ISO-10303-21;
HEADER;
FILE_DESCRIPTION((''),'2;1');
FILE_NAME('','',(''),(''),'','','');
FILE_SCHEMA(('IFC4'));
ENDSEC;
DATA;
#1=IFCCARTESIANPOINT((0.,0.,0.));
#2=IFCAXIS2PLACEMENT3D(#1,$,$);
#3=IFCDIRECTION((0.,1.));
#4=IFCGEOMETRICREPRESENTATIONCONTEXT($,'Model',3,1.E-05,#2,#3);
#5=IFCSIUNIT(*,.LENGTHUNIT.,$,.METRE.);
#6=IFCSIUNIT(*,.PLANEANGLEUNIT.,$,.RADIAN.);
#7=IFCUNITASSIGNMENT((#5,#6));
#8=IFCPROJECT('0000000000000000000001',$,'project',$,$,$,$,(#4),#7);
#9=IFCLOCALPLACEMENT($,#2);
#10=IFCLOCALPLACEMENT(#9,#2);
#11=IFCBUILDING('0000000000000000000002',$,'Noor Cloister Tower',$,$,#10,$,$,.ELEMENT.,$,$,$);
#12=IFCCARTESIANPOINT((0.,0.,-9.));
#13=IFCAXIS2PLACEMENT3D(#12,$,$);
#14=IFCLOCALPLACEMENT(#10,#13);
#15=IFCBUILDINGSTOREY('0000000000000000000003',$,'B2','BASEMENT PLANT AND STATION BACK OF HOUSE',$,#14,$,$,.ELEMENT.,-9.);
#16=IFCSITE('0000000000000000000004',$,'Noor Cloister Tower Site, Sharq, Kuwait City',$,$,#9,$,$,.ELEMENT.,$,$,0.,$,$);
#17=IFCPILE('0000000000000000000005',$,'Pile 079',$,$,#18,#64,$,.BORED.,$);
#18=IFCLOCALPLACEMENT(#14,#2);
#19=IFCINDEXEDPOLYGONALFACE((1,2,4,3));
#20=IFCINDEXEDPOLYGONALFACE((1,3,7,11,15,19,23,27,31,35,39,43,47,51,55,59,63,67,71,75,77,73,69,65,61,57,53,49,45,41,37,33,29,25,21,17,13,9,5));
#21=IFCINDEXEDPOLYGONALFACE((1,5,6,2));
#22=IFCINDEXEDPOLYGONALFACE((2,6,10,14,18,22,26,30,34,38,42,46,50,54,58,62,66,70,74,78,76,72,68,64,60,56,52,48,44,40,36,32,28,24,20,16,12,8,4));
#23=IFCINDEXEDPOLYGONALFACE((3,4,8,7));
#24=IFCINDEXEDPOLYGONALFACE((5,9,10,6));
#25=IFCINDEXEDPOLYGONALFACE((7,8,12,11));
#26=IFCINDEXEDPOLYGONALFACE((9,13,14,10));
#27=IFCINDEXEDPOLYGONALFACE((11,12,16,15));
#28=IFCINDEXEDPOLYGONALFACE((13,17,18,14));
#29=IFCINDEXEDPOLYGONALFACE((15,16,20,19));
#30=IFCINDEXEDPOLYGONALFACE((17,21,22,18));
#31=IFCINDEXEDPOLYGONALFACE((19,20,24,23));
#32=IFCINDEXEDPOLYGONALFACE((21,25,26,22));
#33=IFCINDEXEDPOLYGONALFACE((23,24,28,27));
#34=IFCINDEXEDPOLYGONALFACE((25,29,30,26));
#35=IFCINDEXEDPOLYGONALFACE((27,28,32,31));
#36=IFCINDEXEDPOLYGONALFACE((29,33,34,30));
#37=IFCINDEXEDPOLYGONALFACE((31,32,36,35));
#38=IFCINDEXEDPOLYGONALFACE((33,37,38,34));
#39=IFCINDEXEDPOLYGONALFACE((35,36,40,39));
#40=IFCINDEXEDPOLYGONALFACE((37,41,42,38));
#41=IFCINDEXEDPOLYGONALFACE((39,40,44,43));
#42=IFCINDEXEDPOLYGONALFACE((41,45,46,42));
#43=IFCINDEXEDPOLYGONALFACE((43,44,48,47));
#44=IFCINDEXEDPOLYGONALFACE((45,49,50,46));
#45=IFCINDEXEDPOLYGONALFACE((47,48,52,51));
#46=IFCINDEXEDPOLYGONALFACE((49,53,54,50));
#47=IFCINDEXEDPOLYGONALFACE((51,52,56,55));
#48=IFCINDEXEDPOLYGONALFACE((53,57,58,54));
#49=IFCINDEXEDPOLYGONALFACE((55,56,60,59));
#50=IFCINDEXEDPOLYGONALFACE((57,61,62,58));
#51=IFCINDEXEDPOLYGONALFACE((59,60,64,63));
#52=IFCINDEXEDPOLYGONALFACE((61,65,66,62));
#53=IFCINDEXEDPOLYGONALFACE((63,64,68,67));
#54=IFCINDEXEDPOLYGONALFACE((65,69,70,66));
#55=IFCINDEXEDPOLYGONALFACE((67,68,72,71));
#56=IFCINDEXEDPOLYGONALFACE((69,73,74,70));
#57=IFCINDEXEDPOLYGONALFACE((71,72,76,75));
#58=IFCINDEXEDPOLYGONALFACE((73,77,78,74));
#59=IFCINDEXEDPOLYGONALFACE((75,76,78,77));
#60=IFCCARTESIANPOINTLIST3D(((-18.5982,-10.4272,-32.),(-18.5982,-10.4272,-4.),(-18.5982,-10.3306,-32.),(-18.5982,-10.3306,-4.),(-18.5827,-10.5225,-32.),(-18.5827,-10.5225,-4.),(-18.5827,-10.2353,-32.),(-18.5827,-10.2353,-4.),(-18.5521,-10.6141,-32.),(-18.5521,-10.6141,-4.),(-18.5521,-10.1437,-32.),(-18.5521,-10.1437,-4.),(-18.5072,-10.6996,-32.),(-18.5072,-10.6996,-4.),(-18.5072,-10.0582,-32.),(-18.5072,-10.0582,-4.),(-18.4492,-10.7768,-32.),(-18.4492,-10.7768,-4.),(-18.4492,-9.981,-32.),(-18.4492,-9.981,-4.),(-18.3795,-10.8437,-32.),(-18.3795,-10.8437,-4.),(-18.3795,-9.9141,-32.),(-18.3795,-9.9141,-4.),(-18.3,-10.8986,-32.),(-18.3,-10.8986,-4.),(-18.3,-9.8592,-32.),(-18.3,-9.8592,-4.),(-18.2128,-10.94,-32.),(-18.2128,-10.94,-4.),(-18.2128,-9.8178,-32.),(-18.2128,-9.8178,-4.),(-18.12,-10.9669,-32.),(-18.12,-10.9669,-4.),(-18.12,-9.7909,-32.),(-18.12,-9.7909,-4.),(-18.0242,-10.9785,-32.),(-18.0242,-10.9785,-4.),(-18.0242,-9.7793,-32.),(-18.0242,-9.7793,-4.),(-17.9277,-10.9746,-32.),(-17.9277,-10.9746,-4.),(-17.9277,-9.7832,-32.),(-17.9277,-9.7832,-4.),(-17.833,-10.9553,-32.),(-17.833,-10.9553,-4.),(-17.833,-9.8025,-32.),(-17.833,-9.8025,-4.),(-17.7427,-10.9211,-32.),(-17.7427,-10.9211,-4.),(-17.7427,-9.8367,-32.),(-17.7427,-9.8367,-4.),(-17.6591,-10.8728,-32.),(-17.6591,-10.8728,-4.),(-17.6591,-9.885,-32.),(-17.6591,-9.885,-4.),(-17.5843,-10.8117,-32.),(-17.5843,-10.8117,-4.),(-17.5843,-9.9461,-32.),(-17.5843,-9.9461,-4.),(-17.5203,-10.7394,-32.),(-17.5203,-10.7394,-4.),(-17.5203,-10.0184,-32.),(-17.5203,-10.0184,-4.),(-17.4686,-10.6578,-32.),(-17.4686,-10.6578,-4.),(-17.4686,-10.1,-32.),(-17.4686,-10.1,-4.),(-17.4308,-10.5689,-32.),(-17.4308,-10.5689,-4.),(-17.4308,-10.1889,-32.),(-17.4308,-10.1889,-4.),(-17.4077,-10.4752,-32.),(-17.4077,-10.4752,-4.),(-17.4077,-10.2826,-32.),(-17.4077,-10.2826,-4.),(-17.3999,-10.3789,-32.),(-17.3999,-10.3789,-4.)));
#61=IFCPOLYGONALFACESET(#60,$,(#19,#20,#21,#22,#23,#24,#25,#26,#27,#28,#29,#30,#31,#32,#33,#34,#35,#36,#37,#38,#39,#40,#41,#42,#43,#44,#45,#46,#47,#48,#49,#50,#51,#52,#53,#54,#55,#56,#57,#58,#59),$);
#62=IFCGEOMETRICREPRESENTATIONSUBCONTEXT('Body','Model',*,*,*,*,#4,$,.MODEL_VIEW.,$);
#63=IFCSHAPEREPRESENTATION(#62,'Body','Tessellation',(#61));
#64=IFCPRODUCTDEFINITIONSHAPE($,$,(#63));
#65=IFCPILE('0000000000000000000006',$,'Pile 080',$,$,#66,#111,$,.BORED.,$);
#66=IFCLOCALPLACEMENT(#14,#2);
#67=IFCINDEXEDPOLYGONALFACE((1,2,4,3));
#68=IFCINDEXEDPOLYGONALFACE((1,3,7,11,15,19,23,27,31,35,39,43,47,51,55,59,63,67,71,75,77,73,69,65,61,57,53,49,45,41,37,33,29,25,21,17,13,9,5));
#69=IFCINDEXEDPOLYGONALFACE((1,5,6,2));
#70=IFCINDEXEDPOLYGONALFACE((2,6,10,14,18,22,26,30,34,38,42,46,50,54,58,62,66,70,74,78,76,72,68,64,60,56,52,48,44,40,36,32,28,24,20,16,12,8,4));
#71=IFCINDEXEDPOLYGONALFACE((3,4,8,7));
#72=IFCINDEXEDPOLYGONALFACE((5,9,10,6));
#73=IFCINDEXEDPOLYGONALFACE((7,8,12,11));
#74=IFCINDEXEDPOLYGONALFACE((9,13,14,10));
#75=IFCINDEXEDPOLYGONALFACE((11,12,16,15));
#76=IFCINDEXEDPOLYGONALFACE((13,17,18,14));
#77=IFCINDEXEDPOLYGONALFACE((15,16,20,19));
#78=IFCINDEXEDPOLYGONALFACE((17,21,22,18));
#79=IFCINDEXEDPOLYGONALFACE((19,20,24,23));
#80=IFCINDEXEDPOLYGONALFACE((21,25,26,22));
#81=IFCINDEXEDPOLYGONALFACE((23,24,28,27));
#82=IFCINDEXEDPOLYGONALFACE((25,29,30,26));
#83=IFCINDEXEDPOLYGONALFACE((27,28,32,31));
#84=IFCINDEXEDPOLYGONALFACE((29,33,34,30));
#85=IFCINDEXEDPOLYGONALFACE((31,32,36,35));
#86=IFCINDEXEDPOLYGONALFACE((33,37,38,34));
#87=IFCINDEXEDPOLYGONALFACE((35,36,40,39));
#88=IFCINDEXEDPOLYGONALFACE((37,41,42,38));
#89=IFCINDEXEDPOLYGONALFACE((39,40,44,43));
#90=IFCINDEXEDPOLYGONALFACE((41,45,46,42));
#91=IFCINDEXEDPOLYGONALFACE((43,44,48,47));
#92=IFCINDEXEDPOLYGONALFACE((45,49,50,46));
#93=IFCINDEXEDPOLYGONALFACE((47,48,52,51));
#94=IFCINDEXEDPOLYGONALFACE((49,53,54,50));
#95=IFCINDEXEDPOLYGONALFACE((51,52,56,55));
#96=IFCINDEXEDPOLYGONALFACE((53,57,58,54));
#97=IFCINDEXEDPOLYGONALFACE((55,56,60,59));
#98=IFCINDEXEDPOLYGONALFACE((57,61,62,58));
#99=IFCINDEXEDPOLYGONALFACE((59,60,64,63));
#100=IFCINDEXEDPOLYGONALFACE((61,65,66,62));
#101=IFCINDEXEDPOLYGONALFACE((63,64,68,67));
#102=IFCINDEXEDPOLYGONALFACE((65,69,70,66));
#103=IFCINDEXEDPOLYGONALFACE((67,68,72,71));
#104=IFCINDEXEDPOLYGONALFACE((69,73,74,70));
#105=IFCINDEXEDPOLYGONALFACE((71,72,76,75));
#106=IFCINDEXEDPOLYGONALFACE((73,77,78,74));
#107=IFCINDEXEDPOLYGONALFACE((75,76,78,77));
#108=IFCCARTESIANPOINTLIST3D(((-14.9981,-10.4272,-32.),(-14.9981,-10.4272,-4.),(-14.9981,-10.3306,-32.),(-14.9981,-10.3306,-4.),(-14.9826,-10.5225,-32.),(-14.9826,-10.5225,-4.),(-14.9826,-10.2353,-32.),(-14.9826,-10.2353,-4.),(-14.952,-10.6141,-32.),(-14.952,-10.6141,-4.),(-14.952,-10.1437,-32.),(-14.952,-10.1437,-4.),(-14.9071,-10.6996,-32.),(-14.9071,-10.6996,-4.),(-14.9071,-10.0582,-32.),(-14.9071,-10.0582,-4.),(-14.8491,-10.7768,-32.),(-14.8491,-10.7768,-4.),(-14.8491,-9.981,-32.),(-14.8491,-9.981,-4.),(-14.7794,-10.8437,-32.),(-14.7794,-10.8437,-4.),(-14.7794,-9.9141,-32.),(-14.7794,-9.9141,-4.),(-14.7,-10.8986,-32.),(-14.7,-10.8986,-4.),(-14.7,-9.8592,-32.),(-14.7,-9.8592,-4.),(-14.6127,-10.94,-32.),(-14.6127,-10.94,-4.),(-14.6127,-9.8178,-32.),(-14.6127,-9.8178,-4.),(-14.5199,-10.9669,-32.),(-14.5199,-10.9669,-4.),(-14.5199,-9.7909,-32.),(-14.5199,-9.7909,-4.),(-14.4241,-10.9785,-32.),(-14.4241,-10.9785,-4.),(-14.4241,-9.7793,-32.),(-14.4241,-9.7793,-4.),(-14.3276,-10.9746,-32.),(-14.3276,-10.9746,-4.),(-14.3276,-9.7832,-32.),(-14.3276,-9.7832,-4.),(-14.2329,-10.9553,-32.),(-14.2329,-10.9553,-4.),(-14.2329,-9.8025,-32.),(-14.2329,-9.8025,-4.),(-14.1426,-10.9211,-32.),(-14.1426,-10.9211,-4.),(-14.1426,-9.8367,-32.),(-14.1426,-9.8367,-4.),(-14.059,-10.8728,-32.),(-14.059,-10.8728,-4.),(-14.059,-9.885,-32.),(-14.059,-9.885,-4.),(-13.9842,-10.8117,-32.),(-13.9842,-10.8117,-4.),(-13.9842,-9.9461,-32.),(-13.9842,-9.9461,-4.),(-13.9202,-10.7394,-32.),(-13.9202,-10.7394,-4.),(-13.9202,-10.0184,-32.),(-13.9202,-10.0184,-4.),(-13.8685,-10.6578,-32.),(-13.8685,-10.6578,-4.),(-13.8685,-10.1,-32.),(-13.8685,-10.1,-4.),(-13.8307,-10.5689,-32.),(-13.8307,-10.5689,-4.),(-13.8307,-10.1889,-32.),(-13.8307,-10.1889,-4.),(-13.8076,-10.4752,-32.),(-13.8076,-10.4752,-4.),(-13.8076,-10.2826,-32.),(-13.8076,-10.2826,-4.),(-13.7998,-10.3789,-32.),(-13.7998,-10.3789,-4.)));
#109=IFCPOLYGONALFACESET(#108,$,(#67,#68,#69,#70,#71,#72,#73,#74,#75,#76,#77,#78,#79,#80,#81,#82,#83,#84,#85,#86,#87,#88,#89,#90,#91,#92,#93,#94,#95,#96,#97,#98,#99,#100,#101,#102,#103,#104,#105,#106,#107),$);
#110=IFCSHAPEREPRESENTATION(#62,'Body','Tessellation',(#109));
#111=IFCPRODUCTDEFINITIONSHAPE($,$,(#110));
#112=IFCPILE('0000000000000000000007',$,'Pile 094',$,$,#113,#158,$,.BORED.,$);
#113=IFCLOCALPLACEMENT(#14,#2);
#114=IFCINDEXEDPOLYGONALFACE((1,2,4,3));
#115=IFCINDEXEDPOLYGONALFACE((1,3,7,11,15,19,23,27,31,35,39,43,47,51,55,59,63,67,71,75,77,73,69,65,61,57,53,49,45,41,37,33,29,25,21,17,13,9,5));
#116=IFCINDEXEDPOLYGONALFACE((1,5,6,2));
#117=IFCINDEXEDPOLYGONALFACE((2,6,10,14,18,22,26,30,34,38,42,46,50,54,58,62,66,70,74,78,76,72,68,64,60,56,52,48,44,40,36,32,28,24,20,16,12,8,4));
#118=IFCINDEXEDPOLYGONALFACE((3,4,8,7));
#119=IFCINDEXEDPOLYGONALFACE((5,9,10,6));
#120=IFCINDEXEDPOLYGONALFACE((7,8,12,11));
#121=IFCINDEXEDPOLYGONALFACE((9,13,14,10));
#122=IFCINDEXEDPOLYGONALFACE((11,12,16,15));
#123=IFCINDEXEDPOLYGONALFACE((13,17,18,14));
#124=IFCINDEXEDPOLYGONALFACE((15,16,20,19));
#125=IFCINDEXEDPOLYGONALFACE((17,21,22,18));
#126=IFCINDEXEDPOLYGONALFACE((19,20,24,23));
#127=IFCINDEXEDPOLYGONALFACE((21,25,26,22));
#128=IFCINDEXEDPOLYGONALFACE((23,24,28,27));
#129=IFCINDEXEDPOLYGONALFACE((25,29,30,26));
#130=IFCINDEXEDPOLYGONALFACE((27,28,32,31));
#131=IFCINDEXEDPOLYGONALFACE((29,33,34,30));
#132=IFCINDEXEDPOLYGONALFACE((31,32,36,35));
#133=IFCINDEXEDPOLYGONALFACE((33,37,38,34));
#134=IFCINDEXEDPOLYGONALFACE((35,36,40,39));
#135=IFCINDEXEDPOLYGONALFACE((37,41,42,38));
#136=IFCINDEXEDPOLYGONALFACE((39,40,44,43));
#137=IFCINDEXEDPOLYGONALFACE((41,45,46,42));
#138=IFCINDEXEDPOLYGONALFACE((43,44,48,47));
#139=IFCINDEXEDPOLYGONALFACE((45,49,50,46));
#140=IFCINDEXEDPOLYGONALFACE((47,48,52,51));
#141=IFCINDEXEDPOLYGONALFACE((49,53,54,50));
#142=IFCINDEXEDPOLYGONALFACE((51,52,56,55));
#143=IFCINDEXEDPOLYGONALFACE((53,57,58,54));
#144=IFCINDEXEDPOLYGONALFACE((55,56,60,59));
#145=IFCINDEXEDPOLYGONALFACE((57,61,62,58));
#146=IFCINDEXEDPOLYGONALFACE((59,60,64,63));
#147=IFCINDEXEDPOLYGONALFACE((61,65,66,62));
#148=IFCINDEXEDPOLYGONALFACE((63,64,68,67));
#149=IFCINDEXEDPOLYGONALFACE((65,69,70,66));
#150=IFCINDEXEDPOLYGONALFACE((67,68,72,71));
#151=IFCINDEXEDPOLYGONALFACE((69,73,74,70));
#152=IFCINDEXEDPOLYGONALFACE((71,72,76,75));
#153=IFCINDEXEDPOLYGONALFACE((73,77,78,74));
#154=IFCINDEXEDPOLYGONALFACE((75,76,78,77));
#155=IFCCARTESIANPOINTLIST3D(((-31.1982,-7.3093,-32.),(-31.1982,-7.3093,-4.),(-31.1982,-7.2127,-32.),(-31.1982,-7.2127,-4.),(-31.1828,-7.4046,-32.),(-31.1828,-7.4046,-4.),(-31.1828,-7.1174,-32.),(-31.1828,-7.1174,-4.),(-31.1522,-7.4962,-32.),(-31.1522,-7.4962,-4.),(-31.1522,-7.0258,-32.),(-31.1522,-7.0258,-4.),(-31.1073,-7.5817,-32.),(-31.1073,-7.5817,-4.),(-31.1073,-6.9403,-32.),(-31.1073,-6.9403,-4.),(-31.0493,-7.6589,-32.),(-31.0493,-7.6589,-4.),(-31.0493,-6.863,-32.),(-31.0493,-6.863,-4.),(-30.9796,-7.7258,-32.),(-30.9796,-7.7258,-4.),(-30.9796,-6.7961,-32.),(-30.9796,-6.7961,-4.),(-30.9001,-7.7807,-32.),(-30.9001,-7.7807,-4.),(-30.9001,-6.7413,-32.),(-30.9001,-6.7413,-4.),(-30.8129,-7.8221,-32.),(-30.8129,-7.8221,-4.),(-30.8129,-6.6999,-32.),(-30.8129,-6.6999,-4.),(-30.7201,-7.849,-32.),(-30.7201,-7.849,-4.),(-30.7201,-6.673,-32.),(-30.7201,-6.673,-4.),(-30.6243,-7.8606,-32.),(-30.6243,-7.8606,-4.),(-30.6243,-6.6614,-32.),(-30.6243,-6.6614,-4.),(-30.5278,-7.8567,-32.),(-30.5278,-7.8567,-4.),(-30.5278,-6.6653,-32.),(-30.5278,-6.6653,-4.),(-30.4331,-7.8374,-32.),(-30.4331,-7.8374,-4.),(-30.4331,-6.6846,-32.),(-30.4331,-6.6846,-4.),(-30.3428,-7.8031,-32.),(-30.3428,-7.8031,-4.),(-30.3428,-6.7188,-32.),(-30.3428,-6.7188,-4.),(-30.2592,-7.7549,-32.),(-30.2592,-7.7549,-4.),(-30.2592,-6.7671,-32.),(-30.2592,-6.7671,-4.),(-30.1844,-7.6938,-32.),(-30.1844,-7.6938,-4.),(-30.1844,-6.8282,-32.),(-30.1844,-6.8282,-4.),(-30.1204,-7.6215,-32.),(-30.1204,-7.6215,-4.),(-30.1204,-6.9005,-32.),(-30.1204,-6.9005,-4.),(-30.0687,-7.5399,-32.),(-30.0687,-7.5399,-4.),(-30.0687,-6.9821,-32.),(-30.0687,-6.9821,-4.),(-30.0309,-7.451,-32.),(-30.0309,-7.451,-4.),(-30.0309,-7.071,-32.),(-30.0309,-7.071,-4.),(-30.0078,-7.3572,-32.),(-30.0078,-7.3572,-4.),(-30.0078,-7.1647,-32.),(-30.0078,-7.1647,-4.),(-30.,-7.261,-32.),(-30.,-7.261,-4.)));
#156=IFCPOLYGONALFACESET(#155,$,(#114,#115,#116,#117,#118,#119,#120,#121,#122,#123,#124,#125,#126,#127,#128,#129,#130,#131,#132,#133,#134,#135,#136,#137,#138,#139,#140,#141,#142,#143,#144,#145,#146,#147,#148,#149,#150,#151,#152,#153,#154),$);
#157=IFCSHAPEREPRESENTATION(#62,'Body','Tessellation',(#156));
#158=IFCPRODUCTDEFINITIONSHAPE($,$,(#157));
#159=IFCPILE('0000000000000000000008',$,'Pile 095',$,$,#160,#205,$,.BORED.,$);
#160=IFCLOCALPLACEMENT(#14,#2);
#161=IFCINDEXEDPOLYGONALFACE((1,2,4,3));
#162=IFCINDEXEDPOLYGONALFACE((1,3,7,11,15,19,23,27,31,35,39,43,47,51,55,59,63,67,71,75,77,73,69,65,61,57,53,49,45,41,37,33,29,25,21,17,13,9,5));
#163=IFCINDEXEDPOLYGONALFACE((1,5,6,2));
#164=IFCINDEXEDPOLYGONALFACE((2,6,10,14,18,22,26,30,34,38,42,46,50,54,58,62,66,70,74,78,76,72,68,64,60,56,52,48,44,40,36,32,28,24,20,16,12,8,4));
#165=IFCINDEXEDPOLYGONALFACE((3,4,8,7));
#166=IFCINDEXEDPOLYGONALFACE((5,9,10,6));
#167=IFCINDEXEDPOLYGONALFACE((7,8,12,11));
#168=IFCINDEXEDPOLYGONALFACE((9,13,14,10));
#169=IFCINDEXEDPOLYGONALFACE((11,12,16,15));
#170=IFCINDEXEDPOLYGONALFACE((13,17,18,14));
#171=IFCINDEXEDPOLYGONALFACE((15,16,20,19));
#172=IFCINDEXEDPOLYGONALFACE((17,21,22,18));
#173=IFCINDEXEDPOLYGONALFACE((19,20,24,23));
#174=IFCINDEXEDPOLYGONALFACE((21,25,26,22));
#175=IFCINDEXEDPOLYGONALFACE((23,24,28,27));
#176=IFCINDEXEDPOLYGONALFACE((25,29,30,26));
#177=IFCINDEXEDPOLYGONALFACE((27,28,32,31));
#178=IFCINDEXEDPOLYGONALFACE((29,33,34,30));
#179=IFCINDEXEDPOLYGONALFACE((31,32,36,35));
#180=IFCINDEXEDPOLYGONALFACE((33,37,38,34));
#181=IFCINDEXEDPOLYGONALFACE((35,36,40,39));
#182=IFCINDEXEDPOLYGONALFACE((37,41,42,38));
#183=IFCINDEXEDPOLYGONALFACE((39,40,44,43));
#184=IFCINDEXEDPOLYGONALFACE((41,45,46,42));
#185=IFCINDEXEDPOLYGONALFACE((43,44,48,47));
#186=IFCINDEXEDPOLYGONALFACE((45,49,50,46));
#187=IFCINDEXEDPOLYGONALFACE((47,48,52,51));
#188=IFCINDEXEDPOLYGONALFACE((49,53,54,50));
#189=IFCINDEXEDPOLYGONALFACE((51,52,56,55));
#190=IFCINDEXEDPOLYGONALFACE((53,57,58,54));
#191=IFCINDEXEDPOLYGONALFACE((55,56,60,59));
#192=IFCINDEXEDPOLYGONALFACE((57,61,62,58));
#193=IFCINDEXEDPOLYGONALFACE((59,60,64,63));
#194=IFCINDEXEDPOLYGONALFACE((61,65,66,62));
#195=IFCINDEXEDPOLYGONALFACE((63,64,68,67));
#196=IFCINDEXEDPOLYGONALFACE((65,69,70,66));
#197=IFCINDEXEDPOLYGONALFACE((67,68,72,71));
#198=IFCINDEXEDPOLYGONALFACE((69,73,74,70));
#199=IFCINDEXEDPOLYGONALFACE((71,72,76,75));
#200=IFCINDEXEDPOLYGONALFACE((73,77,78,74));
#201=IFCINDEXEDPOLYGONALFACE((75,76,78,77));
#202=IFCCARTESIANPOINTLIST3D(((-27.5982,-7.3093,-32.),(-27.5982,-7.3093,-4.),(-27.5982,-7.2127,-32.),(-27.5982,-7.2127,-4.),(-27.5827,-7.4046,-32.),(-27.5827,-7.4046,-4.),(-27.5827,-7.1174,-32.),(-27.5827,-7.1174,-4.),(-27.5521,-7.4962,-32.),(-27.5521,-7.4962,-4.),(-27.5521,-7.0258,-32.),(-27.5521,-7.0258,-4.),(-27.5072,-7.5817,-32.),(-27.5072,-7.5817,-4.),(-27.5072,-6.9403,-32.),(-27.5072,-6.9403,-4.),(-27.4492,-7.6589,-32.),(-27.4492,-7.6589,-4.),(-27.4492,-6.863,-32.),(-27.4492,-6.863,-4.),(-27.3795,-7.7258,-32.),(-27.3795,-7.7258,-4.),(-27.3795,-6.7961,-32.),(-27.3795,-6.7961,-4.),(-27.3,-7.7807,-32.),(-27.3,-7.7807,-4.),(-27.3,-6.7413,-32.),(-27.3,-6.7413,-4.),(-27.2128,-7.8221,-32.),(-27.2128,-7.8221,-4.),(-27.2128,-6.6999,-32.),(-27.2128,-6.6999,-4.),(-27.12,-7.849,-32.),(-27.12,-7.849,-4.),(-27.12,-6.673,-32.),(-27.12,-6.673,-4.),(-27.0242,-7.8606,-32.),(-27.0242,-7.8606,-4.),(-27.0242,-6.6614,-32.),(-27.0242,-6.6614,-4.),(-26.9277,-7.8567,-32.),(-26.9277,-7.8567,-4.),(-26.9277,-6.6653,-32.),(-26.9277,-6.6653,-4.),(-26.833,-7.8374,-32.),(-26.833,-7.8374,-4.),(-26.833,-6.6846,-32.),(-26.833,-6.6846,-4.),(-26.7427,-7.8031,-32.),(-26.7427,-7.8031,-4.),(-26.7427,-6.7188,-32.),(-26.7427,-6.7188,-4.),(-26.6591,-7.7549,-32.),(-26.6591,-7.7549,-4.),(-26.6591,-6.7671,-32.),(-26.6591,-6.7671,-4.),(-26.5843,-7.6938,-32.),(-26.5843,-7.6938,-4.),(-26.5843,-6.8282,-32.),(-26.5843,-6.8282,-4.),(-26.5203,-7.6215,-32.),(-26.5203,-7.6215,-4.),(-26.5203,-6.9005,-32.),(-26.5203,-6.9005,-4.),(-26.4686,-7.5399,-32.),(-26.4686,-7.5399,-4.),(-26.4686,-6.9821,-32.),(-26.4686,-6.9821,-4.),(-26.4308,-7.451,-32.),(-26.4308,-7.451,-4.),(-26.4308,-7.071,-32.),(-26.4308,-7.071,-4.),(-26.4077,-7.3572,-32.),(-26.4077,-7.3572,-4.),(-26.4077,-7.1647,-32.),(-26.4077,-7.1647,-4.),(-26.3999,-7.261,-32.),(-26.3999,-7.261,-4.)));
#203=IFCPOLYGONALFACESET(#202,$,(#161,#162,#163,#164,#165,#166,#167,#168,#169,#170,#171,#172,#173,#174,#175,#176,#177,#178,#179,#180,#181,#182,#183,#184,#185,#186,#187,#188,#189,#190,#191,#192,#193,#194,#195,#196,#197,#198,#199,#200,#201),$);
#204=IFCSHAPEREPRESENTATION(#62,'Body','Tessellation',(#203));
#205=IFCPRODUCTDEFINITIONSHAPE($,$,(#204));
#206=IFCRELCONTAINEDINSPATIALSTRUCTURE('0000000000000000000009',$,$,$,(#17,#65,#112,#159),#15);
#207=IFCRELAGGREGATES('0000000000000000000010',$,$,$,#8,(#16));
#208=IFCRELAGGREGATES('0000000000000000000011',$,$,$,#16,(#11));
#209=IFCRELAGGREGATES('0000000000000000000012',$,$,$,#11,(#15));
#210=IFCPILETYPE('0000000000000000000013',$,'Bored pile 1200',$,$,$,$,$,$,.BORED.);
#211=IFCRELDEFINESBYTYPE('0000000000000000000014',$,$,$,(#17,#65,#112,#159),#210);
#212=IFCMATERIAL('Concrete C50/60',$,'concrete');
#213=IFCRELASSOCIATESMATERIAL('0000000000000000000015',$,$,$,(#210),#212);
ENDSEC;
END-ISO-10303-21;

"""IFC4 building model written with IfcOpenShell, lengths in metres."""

from ifc_helpers import new_model, si_unit, direction, frame, origin, origin_2d, place, context, subcontext, project, spatial, circle, extrude, material, material_profile, profile_set, type_object, element, save


model = new_model("IFC4")

# Units and contexts
model_context = context("Model", 3, precision=1e-05, world=origin(), true_north=direction((0.0, 1.0)))
body_context = subcontext(model_context, "Body", "Model", "MODEL_VIEW")
ifc_project = project(units=[si_unit("LENGTHUNIT", "METRE"), si_unit("PLANEANGLEUNIT", "RADIAN")], contexts=[model_context])

# Site, building, storey
site_placement = place(None, origin())
site = spatial("IfcSite", under=ifc_project, at=site_placement, Name="Noor Cloister Tower Site, Sharq, Kuwait City", CompositionType="ELEMENT", RefElevation=0.0)
building_placement = place(site_placement, origin())
building = spatial("IfcBuilding", under=site, at=building_placement, Name="Noor Cloister Tower", CompositionType="ELEMENT")
storey_placement = place(building_placement, frame((0.0, 0.0, -9.0)))
storey = spatial("IfcBuildingStorey", under=building, at=storey_placement, Name="B2", Description="BASEMENT PLANT AND STATION BACK OF HOUSE", CompositionType="ELEMENT", Elevation=-9.0)

# Piles
ifc_material_1 = material(Name="Concrete C50/60", Category="concrete")
ifc_material_profile_1 = material_profile(ifc_material_1, circle(Radius=0.6001, at=origin_2d()), Name="Bored pile 1200")
ifc_profile_set_1 = profile_set([ifc_material_profile_1], Name="Concrete C50/60")
pile_type = type_object("IfcPileType", Name="Bored pile 1200", PredefinedType="BORED", material=ifc_profile_set_1)
for number, where, z_axis, x_axis, name in (
    (1, (-18.0, -10.3789, -4.0), (0.0, 0.0, -1.0), (1.0, 0.0, 0.0), "Pile 079"),
    (2, (-14.3999, -10.3789, -4.0), (0.0, 0.0, -1.0), (1.0, 0.0, 0.0), "Pile 080"),
    (3, (-30.6001, -7.261, -4.0), (0.0, 0.0, -1.0), (1.0, 0.0, 0.0), "Pile 094"),
    (4, (-27.0, -7.261, -4.0), (0.0, 0.0, -1.0), (1.0, 0.0, 0.0), "Pile 095"),
):
    element("IfcPile", number, at=place(storey_placement, frame(where, z_axis=z_axis, x_axis=x_axis)), inside=storey, type_object=pile_type, Name=name, PredefinedType="BORED", context=body_context, shape_type="SweptSolid", body=[
        extrude(circle(Radius=0.6001, at=origin_2d()), origin(), (0.0, 0.0, 1.0), 28.0),
    ])

save(model, "model.ifc")
